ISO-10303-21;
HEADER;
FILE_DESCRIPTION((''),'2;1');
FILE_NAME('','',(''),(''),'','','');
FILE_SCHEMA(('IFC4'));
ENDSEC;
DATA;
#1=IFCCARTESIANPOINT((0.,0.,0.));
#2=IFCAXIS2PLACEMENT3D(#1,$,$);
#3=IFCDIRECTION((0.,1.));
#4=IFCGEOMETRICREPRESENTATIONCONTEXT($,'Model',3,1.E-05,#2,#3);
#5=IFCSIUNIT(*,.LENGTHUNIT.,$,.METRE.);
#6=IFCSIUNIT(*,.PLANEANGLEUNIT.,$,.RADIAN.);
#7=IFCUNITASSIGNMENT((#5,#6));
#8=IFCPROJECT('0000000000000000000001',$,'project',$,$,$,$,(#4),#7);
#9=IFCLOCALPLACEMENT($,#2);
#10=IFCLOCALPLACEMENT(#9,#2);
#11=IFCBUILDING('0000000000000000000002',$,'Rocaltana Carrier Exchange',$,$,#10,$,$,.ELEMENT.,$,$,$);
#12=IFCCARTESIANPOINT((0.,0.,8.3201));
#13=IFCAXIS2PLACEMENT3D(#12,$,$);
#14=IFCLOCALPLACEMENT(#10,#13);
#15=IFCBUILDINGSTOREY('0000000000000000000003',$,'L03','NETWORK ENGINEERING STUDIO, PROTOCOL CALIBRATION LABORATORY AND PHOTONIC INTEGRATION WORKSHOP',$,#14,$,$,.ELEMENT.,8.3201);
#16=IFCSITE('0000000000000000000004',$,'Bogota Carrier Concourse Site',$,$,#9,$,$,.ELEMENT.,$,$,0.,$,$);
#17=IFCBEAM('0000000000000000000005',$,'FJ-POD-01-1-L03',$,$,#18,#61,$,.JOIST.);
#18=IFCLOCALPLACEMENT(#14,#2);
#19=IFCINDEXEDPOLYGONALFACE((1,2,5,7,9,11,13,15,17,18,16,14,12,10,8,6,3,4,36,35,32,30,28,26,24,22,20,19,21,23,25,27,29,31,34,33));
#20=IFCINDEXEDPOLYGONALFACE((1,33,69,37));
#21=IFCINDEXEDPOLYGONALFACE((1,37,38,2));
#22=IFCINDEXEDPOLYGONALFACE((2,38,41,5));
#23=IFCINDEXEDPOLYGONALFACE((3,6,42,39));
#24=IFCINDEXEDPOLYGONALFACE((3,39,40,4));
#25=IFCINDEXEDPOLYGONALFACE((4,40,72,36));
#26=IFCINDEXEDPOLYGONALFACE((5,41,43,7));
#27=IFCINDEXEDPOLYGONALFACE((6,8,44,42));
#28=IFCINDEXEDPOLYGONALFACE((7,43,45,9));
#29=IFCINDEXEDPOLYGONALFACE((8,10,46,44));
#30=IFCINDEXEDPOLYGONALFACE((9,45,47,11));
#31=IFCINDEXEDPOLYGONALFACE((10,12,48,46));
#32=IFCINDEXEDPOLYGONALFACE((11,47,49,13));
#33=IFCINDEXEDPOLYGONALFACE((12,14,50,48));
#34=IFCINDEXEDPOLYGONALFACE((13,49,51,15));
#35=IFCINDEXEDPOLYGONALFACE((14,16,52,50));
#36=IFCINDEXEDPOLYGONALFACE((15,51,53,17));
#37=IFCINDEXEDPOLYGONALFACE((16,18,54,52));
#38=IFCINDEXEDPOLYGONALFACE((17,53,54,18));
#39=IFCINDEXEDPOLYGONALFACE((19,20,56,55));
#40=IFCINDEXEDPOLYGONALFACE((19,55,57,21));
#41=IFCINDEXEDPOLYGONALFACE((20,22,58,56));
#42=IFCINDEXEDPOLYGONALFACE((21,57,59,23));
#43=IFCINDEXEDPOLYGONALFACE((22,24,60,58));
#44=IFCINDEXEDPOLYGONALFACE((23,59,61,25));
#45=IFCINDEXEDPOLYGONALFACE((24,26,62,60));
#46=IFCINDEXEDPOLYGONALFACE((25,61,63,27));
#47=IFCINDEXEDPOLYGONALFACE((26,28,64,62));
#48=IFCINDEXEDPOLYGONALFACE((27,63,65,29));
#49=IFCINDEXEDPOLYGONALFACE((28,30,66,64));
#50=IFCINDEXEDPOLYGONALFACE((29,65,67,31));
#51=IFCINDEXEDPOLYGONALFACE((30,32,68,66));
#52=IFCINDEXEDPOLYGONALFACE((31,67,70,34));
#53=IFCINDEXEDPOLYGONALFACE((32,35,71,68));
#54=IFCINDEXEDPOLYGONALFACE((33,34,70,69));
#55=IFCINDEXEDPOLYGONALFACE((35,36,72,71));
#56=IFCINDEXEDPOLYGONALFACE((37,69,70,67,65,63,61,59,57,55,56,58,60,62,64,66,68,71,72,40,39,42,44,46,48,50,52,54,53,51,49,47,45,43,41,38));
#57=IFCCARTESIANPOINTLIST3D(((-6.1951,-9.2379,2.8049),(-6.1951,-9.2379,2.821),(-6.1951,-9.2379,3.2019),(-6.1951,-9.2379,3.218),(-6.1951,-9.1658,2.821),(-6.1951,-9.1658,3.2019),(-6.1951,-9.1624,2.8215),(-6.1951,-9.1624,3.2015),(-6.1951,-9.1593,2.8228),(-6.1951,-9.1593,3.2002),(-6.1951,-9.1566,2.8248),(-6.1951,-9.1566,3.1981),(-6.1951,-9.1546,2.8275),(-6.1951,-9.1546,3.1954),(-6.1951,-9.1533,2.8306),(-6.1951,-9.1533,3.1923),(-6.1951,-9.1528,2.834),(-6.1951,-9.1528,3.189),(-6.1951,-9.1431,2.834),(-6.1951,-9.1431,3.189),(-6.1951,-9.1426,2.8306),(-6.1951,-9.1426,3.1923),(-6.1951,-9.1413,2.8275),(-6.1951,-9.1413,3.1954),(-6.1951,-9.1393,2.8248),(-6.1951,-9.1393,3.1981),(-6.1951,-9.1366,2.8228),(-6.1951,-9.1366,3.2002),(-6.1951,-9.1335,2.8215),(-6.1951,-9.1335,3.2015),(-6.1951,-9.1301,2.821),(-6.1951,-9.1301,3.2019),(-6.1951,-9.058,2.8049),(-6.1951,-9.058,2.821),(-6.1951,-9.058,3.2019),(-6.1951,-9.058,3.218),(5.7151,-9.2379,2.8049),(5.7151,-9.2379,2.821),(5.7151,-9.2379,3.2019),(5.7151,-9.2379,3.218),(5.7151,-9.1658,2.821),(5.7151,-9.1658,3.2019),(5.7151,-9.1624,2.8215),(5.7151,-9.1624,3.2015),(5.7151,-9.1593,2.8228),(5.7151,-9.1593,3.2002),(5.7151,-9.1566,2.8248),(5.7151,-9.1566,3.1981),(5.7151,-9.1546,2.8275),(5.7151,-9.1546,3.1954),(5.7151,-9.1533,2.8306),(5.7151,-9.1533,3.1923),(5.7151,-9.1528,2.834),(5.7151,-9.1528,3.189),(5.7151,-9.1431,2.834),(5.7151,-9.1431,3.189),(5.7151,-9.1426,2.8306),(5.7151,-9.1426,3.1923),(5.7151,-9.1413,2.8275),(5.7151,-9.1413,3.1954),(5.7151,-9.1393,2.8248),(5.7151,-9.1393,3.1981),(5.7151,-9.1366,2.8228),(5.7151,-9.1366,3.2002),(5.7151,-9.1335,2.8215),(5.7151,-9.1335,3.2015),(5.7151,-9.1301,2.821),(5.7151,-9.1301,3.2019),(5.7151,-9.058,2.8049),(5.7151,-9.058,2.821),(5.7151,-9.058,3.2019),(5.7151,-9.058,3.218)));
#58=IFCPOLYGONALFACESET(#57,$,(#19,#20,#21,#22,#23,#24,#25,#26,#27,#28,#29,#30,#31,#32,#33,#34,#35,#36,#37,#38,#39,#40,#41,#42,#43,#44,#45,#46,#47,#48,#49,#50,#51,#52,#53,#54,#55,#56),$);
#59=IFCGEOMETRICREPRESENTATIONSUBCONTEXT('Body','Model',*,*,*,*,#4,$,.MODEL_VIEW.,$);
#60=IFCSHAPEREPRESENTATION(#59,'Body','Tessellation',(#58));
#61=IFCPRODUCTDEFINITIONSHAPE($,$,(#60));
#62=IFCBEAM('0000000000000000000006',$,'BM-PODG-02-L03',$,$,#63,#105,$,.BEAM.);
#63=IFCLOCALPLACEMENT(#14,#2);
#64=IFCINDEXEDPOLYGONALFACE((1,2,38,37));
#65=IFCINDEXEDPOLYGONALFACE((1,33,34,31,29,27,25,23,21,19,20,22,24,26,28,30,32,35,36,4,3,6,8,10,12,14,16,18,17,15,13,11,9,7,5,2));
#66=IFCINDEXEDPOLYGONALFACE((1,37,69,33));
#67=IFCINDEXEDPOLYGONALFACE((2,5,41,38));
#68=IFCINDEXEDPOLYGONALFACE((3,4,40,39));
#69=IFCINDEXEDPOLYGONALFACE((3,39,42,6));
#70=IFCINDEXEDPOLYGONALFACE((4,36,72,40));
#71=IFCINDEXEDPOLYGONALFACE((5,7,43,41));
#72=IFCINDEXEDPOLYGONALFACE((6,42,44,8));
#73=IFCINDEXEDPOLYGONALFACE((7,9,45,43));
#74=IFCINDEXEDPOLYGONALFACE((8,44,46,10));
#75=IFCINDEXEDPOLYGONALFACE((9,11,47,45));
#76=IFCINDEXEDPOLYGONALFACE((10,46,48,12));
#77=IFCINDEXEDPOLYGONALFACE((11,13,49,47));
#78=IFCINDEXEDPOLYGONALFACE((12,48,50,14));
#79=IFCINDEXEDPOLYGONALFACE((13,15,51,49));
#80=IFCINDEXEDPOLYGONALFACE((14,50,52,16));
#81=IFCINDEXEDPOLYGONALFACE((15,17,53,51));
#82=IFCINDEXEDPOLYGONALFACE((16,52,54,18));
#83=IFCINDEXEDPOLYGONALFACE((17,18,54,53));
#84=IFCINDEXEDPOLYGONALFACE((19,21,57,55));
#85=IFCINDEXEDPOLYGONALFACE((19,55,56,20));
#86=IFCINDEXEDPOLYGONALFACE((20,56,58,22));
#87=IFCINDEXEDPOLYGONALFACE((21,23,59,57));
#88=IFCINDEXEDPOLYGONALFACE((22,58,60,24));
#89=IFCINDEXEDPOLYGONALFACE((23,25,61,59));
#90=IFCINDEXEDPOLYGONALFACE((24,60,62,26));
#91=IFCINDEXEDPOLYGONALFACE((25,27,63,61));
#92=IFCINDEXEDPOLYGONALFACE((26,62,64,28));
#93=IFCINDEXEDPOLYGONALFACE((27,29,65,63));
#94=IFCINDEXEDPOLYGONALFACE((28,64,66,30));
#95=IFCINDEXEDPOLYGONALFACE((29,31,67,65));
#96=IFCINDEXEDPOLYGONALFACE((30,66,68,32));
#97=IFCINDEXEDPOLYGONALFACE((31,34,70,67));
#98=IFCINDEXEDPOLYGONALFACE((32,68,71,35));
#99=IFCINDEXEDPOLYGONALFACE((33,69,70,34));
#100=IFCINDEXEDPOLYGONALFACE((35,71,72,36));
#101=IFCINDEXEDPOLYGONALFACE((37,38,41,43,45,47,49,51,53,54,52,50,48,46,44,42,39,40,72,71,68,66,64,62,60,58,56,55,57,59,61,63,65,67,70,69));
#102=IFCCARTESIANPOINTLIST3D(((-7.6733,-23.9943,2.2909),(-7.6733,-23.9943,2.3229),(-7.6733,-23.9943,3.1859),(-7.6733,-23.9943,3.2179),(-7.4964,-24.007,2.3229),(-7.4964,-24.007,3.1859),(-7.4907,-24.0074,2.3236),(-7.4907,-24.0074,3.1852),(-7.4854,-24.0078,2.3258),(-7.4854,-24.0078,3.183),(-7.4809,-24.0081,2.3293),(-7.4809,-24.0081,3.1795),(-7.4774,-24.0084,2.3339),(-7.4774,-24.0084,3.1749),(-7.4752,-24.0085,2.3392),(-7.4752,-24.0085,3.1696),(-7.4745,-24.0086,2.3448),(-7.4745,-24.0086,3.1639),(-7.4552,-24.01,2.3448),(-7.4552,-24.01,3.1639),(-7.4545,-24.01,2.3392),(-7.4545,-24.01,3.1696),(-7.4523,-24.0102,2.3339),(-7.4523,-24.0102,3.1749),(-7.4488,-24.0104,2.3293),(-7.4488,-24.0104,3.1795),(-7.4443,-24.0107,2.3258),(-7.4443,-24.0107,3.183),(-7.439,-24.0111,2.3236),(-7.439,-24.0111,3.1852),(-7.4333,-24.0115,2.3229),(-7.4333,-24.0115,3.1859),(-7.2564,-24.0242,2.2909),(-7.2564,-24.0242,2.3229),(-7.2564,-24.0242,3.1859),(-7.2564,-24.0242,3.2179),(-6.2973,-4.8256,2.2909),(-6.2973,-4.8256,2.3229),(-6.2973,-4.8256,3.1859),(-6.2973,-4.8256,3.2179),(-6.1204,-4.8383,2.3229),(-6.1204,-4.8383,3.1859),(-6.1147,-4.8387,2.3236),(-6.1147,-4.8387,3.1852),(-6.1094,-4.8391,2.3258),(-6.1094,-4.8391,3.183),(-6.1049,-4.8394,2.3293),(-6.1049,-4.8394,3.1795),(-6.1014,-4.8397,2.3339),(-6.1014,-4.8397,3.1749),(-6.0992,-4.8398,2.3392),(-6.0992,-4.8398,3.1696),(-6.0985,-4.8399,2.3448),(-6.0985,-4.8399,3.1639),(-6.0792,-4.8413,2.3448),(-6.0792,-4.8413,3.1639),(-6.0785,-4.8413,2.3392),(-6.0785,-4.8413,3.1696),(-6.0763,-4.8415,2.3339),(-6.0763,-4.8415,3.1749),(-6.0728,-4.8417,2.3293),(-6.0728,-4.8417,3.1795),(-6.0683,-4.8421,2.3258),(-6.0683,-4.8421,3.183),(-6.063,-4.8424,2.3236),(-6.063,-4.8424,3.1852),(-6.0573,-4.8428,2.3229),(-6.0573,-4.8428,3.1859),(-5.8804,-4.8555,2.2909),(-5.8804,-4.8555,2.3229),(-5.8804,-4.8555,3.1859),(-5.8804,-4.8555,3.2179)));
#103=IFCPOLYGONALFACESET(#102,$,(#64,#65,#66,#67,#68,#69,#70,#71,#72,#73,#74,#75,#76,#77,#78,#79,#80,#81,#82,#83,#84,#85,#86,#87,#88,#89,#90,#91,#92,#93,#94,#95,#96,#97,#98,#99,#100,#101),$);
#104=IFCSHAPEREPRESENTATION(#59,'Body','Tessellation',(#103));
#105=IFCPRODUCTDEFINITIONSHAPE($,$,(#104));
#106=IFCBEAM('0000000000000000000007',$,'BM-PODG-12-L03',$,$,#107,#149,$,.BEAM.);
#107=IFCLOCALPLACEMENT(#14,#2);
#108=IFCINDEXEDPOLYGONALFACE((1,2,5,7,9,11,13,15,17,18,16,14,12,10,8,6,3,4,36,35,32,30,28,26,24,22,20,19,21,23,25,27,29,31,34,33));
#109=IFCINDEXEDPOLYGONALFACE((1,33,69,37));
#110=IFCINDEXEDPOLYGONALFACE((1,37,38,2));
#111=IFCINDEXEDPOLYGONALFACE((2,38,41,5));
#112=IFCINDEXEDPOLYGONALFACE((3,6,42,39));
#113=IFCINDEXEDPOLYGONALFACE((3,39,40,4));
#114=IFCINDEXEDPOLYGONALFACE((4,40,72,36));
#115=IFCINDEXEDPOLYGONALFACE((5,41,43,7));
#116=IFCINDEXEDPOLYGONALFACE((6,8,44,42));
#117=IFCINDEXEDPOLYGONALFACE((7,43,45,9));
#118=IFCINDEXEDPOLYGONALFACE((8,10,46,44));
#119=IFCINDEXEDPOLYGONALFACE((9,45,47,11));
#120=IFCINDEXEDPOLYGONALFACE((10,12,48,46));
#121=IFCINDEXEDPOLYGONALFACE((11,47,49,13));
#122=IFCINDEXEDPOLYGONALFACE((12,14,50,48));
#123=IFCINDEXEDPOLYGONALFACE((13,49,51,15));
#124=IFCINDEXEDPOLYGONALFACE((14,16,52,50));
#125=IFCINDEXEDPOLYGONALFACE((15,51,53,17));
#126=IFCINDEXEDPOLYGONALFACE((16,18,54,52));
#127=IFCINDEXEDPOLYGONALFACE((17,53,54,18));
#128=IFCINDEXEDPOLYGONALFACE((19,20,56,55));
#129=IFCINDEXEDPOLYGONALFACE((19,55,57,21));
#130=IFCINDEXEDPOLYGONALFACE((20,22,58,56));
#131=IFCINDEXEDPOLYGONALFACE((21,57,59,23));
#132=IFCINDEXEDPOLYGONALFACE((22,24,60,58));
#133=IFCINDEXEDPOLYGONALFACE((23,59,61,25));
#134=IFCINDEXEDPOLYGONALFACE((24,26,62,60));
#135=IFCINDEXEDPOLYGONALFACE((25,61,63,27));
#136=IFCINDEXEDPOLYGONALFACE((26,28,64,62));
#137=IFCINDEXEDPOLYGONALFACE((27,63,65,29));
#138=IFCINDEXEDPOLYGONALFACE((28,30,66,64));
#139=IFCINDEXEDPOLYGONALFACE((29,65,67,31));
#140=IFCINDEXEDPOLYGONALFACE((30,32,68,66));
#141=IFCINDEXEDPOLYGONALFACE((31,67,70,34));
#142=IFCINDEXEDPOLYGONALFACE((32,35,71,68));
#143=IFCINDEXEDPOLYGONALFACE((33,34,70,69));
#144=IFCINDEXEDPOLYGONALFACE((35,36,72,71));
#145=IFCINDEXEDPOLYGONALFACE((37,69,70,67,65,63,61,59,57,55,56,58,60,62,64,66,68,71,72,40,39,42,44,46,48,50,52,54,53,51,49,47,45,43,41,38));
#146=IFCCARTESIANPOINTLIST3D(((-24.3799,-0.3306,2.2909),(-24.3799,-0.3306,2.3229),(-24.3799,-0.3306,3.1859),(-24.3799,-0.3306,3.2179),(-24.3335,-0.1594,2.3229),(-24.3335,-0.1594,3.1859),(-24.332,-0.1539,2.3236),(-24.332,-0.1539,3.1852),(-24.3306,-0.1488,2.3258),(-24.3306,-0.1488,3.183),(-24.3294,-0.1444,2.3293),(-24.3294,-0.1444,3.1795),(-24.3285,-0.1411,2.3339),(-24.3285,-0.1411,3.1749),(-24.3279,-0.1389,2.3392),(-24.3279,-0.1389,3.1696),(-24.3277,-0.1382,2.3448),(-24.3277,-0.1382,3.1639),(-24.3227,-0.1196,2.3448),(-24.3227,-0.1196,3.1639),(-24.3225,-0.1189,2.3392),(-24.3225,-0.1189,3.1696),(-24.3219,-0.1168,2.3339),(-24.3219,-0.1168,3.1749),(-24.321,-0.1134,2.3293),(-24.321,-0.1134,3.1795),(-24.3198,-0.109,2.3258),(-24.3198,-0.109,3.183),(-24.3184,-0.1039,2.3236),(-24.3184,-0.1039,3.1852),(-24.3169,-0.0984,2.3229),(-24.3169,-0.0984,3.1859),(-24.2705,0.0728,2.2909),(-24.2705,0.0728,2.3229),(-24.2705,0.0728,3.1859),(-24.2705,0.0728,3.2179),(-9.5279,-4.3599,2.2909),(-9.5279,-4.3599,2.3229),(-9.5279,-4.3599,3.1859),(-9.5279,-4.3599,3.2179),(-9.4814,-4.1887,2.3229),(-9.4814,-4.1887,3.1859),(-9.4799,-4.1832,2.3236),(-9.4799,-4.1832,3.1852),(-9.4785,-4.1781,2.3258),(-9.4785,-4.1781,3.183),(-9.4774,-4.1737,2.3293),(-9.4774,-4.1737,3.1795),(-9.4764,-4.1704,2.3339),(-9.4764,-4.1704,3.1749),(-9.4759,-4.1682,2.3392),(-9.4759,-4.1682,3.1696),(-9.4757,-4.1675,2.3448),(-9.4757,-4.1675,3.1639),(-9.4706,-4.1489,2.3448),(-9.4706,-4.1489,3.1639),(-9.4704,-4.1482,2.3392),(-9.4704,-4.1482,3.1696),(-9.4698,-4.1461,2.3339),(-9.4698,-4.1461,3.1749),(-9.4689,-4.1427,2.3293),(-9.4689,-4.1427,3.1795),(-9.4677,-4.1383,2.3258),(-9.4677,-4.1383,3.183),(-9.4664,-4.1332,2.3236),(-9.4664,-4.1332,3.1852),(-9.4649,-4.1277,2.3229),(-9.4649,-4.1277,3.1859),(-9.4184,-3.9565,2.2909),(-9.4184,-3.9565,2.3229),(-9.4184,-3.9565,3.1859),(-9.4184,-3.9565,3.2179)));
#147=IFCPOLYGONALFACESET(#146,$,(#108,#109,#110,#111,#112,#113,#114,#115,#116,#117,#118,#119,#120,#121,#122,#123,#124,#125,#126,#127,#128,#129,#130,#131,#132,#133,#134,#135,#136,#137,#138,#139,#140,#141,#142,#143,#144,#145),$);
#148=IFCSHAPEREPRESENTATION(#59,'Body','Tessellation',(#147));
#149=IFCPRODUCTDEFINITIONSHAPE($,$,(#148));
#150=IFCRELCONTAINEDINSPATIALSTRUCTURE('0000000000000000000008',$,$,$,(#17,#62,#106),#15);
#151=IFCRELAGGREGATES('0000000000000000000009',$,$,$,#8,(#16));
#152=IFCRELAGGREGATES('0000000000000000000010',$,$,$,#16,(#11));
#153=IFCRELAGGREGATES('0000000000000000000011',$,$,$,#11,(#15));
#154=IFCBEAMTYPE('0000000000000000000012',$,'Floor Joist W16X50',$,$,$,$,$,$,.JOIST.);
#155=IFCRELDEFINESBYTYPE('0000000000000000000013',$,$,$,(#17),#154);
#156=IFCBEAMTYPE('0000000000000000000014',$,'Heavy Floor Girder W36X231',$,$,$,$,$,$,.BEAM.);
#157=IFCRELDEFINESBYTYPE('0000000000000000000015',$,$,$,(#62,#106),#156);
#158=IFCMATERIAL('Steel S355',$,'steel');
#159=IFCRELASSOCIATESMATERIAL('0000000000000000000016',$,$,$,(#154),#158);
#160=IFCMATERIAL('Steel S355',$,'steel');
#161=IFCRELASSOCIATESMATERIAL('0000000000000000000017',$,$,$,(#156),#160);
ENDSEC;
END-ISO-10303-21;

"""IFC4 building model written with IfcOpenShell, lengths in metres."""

from ifc_helpers import new_model, si_unit, direction, frame, origin, origin_2d, place, context, subcontext, project, spatial, i_section, extrude, material, material_profile, profile_set, type_object, element, save


model = new_model("IFC4")

# Units and contexts
model_context = context("Model", 3, precision=1e-05, world=origin(), true_north=direction((0.0, 1.0)))
body_context = subcontext(model_context, "Body", "Model", "MODEL_VIEW")
ifc_project = project(units=[si_unit("LENGTHUNIT", "METRE"), si_unit("PLANEANGLEUNIT", "RADIAN")], contexts=[model_context])

# Site, building, storey
site_placement = place(None, origin())
site = spatial("IfcSite", under=ifc_project, at=site_placement, Name="Bogota Carrier Concourse Site", CompositionType="ELEMENT", RefElevation=0.0)
building_placement = place(site_placement, origin())
building = spatial("IfcBuilding", under=site, at=building_placement, Name="Rocaltana Carrier Exchange", CompositionType="ELEMENT")
storey_placement = place(building_placement, frame((0.0, 0.0, 8.3201)))
storey = spatial("IfcBuildingStorey", under=building, at=storey_placement, Name="L03", Description="NETWORK ENGINEERING STUDIO, PROTOCOL CALIBRATION LABORATORY AND PHOTONIC INTEGRATION WORKSHOP", CompositionType="ELEMENT", Elevation=8.3201)

# Beams
ifc_material_1 = material(Name="Steel S355", Category="steel")
ifc_material_profile_1 = material_profile(ifc_material_1, i_section(OverallWidth=0.1799, OverallDepth=0.4131, WebThickness=0.0098, FlangeThickness=0.0161, FilletRadius=0.0129, at=origin_2d()), Name="W16X50")
ifc_profile_set_1 = profile_set([ifc_material_profile_1], Name="Steel S355")
beam_type_1 = type_object("IfcBeamType", Name="Floor Joist W16X50", PredefinedType="JOIST", material=ifc_profile_set_1)
beam_1_placement = place(storey_placement, frame((-6.1951, -9.1479, 3.0115), z_axis=(1.0, 0.0, 0.0), x_axis=(0.0, 1.0, 0.0)))
element("IfcBeam", 1, at=beam_1_placement, inside=storey, type_object=beam_type_1, Name="FJ-POD-01-1-L03", PredefinedType="JOIST", context=body_context, shape_type="SweptSolid", body=[
    extrude(i_section(OverallWidth=0.1799, OverallDepth=0.4131, WebThickness=0.0098, FlangeThickness=0.0161, FilletRadius=0.0129, at=origin_2d()), origin(), (0.0, 0.0, 1.0), 11.9102),
])
ifc_material_2 = material(Name="Steel S355", Category="steel")
ifc_material_profile_2 = material_profile(ifc_material_2, i_section(OverallWidth=0.418, OverallDepth=0.927, WebThickness=0.0193, FlangeThickness=0.032, FilletRadius=0.022, at=origin_2d()), Name="W36X231")
ifc_profile_set_2 = profile_set([ifc_material_profile_2], Name="Steel S355")
beam_type_2 = type_object("IfcBeamType", Name="Heavy Floor Girder W36X231", PredefinedType="BEAM", material=ifc_profile_set_2)
beam_2_placement = place(storey_placement, frame((-6.0889, -4.8406, 2.7544), z_axis=(-0.071598, -0.997434, 0.0), x_axis=(0.997434, -0.071598, 0.0)))
element("IfcBeam", 2, at=beam_2_placement, inside=storey, type_object=beam_type_2, Name="BM-PODG-02-L03", PredefinedType="BEAM", context=body_context, shape_type="SweptSolid", body=[
    extrude(i_section(OverallWidth=0.418, OverallDepth=0.927, WebThickness=0.0193, FlangeThickness=0.032, FilletRadius=0.022, at=origin_2d()), origin(), (0.0, 0.0, 1.0), 19.218),
])
beam_3_placement = place(storey_placement, frame((-9.4731, -4.1582, 2.7544), z_axis=(-0.965114, 0.261831, 0.0), x_axis=(-0.261831, -0.965114, 0.0)))
element("IfcBeam", 3, at=beam_3_placement, inside=storey, type_object=beam_type_2, Name="BM-PODG-12-L03", PredefinedType="BEAM", context=body_context, shape_type="SweptSolid", body=[
    extrude(i_section(OverallWidth=0.418, OverallDepth=0.927, WebThickness=0.0193, FlangeThickness=0.032, FilletRadius=0.022, at=origin_2d()), origin(), (0.0, 0.0, 1.0), 15.3889),
])

save(model, "model.ifc")
